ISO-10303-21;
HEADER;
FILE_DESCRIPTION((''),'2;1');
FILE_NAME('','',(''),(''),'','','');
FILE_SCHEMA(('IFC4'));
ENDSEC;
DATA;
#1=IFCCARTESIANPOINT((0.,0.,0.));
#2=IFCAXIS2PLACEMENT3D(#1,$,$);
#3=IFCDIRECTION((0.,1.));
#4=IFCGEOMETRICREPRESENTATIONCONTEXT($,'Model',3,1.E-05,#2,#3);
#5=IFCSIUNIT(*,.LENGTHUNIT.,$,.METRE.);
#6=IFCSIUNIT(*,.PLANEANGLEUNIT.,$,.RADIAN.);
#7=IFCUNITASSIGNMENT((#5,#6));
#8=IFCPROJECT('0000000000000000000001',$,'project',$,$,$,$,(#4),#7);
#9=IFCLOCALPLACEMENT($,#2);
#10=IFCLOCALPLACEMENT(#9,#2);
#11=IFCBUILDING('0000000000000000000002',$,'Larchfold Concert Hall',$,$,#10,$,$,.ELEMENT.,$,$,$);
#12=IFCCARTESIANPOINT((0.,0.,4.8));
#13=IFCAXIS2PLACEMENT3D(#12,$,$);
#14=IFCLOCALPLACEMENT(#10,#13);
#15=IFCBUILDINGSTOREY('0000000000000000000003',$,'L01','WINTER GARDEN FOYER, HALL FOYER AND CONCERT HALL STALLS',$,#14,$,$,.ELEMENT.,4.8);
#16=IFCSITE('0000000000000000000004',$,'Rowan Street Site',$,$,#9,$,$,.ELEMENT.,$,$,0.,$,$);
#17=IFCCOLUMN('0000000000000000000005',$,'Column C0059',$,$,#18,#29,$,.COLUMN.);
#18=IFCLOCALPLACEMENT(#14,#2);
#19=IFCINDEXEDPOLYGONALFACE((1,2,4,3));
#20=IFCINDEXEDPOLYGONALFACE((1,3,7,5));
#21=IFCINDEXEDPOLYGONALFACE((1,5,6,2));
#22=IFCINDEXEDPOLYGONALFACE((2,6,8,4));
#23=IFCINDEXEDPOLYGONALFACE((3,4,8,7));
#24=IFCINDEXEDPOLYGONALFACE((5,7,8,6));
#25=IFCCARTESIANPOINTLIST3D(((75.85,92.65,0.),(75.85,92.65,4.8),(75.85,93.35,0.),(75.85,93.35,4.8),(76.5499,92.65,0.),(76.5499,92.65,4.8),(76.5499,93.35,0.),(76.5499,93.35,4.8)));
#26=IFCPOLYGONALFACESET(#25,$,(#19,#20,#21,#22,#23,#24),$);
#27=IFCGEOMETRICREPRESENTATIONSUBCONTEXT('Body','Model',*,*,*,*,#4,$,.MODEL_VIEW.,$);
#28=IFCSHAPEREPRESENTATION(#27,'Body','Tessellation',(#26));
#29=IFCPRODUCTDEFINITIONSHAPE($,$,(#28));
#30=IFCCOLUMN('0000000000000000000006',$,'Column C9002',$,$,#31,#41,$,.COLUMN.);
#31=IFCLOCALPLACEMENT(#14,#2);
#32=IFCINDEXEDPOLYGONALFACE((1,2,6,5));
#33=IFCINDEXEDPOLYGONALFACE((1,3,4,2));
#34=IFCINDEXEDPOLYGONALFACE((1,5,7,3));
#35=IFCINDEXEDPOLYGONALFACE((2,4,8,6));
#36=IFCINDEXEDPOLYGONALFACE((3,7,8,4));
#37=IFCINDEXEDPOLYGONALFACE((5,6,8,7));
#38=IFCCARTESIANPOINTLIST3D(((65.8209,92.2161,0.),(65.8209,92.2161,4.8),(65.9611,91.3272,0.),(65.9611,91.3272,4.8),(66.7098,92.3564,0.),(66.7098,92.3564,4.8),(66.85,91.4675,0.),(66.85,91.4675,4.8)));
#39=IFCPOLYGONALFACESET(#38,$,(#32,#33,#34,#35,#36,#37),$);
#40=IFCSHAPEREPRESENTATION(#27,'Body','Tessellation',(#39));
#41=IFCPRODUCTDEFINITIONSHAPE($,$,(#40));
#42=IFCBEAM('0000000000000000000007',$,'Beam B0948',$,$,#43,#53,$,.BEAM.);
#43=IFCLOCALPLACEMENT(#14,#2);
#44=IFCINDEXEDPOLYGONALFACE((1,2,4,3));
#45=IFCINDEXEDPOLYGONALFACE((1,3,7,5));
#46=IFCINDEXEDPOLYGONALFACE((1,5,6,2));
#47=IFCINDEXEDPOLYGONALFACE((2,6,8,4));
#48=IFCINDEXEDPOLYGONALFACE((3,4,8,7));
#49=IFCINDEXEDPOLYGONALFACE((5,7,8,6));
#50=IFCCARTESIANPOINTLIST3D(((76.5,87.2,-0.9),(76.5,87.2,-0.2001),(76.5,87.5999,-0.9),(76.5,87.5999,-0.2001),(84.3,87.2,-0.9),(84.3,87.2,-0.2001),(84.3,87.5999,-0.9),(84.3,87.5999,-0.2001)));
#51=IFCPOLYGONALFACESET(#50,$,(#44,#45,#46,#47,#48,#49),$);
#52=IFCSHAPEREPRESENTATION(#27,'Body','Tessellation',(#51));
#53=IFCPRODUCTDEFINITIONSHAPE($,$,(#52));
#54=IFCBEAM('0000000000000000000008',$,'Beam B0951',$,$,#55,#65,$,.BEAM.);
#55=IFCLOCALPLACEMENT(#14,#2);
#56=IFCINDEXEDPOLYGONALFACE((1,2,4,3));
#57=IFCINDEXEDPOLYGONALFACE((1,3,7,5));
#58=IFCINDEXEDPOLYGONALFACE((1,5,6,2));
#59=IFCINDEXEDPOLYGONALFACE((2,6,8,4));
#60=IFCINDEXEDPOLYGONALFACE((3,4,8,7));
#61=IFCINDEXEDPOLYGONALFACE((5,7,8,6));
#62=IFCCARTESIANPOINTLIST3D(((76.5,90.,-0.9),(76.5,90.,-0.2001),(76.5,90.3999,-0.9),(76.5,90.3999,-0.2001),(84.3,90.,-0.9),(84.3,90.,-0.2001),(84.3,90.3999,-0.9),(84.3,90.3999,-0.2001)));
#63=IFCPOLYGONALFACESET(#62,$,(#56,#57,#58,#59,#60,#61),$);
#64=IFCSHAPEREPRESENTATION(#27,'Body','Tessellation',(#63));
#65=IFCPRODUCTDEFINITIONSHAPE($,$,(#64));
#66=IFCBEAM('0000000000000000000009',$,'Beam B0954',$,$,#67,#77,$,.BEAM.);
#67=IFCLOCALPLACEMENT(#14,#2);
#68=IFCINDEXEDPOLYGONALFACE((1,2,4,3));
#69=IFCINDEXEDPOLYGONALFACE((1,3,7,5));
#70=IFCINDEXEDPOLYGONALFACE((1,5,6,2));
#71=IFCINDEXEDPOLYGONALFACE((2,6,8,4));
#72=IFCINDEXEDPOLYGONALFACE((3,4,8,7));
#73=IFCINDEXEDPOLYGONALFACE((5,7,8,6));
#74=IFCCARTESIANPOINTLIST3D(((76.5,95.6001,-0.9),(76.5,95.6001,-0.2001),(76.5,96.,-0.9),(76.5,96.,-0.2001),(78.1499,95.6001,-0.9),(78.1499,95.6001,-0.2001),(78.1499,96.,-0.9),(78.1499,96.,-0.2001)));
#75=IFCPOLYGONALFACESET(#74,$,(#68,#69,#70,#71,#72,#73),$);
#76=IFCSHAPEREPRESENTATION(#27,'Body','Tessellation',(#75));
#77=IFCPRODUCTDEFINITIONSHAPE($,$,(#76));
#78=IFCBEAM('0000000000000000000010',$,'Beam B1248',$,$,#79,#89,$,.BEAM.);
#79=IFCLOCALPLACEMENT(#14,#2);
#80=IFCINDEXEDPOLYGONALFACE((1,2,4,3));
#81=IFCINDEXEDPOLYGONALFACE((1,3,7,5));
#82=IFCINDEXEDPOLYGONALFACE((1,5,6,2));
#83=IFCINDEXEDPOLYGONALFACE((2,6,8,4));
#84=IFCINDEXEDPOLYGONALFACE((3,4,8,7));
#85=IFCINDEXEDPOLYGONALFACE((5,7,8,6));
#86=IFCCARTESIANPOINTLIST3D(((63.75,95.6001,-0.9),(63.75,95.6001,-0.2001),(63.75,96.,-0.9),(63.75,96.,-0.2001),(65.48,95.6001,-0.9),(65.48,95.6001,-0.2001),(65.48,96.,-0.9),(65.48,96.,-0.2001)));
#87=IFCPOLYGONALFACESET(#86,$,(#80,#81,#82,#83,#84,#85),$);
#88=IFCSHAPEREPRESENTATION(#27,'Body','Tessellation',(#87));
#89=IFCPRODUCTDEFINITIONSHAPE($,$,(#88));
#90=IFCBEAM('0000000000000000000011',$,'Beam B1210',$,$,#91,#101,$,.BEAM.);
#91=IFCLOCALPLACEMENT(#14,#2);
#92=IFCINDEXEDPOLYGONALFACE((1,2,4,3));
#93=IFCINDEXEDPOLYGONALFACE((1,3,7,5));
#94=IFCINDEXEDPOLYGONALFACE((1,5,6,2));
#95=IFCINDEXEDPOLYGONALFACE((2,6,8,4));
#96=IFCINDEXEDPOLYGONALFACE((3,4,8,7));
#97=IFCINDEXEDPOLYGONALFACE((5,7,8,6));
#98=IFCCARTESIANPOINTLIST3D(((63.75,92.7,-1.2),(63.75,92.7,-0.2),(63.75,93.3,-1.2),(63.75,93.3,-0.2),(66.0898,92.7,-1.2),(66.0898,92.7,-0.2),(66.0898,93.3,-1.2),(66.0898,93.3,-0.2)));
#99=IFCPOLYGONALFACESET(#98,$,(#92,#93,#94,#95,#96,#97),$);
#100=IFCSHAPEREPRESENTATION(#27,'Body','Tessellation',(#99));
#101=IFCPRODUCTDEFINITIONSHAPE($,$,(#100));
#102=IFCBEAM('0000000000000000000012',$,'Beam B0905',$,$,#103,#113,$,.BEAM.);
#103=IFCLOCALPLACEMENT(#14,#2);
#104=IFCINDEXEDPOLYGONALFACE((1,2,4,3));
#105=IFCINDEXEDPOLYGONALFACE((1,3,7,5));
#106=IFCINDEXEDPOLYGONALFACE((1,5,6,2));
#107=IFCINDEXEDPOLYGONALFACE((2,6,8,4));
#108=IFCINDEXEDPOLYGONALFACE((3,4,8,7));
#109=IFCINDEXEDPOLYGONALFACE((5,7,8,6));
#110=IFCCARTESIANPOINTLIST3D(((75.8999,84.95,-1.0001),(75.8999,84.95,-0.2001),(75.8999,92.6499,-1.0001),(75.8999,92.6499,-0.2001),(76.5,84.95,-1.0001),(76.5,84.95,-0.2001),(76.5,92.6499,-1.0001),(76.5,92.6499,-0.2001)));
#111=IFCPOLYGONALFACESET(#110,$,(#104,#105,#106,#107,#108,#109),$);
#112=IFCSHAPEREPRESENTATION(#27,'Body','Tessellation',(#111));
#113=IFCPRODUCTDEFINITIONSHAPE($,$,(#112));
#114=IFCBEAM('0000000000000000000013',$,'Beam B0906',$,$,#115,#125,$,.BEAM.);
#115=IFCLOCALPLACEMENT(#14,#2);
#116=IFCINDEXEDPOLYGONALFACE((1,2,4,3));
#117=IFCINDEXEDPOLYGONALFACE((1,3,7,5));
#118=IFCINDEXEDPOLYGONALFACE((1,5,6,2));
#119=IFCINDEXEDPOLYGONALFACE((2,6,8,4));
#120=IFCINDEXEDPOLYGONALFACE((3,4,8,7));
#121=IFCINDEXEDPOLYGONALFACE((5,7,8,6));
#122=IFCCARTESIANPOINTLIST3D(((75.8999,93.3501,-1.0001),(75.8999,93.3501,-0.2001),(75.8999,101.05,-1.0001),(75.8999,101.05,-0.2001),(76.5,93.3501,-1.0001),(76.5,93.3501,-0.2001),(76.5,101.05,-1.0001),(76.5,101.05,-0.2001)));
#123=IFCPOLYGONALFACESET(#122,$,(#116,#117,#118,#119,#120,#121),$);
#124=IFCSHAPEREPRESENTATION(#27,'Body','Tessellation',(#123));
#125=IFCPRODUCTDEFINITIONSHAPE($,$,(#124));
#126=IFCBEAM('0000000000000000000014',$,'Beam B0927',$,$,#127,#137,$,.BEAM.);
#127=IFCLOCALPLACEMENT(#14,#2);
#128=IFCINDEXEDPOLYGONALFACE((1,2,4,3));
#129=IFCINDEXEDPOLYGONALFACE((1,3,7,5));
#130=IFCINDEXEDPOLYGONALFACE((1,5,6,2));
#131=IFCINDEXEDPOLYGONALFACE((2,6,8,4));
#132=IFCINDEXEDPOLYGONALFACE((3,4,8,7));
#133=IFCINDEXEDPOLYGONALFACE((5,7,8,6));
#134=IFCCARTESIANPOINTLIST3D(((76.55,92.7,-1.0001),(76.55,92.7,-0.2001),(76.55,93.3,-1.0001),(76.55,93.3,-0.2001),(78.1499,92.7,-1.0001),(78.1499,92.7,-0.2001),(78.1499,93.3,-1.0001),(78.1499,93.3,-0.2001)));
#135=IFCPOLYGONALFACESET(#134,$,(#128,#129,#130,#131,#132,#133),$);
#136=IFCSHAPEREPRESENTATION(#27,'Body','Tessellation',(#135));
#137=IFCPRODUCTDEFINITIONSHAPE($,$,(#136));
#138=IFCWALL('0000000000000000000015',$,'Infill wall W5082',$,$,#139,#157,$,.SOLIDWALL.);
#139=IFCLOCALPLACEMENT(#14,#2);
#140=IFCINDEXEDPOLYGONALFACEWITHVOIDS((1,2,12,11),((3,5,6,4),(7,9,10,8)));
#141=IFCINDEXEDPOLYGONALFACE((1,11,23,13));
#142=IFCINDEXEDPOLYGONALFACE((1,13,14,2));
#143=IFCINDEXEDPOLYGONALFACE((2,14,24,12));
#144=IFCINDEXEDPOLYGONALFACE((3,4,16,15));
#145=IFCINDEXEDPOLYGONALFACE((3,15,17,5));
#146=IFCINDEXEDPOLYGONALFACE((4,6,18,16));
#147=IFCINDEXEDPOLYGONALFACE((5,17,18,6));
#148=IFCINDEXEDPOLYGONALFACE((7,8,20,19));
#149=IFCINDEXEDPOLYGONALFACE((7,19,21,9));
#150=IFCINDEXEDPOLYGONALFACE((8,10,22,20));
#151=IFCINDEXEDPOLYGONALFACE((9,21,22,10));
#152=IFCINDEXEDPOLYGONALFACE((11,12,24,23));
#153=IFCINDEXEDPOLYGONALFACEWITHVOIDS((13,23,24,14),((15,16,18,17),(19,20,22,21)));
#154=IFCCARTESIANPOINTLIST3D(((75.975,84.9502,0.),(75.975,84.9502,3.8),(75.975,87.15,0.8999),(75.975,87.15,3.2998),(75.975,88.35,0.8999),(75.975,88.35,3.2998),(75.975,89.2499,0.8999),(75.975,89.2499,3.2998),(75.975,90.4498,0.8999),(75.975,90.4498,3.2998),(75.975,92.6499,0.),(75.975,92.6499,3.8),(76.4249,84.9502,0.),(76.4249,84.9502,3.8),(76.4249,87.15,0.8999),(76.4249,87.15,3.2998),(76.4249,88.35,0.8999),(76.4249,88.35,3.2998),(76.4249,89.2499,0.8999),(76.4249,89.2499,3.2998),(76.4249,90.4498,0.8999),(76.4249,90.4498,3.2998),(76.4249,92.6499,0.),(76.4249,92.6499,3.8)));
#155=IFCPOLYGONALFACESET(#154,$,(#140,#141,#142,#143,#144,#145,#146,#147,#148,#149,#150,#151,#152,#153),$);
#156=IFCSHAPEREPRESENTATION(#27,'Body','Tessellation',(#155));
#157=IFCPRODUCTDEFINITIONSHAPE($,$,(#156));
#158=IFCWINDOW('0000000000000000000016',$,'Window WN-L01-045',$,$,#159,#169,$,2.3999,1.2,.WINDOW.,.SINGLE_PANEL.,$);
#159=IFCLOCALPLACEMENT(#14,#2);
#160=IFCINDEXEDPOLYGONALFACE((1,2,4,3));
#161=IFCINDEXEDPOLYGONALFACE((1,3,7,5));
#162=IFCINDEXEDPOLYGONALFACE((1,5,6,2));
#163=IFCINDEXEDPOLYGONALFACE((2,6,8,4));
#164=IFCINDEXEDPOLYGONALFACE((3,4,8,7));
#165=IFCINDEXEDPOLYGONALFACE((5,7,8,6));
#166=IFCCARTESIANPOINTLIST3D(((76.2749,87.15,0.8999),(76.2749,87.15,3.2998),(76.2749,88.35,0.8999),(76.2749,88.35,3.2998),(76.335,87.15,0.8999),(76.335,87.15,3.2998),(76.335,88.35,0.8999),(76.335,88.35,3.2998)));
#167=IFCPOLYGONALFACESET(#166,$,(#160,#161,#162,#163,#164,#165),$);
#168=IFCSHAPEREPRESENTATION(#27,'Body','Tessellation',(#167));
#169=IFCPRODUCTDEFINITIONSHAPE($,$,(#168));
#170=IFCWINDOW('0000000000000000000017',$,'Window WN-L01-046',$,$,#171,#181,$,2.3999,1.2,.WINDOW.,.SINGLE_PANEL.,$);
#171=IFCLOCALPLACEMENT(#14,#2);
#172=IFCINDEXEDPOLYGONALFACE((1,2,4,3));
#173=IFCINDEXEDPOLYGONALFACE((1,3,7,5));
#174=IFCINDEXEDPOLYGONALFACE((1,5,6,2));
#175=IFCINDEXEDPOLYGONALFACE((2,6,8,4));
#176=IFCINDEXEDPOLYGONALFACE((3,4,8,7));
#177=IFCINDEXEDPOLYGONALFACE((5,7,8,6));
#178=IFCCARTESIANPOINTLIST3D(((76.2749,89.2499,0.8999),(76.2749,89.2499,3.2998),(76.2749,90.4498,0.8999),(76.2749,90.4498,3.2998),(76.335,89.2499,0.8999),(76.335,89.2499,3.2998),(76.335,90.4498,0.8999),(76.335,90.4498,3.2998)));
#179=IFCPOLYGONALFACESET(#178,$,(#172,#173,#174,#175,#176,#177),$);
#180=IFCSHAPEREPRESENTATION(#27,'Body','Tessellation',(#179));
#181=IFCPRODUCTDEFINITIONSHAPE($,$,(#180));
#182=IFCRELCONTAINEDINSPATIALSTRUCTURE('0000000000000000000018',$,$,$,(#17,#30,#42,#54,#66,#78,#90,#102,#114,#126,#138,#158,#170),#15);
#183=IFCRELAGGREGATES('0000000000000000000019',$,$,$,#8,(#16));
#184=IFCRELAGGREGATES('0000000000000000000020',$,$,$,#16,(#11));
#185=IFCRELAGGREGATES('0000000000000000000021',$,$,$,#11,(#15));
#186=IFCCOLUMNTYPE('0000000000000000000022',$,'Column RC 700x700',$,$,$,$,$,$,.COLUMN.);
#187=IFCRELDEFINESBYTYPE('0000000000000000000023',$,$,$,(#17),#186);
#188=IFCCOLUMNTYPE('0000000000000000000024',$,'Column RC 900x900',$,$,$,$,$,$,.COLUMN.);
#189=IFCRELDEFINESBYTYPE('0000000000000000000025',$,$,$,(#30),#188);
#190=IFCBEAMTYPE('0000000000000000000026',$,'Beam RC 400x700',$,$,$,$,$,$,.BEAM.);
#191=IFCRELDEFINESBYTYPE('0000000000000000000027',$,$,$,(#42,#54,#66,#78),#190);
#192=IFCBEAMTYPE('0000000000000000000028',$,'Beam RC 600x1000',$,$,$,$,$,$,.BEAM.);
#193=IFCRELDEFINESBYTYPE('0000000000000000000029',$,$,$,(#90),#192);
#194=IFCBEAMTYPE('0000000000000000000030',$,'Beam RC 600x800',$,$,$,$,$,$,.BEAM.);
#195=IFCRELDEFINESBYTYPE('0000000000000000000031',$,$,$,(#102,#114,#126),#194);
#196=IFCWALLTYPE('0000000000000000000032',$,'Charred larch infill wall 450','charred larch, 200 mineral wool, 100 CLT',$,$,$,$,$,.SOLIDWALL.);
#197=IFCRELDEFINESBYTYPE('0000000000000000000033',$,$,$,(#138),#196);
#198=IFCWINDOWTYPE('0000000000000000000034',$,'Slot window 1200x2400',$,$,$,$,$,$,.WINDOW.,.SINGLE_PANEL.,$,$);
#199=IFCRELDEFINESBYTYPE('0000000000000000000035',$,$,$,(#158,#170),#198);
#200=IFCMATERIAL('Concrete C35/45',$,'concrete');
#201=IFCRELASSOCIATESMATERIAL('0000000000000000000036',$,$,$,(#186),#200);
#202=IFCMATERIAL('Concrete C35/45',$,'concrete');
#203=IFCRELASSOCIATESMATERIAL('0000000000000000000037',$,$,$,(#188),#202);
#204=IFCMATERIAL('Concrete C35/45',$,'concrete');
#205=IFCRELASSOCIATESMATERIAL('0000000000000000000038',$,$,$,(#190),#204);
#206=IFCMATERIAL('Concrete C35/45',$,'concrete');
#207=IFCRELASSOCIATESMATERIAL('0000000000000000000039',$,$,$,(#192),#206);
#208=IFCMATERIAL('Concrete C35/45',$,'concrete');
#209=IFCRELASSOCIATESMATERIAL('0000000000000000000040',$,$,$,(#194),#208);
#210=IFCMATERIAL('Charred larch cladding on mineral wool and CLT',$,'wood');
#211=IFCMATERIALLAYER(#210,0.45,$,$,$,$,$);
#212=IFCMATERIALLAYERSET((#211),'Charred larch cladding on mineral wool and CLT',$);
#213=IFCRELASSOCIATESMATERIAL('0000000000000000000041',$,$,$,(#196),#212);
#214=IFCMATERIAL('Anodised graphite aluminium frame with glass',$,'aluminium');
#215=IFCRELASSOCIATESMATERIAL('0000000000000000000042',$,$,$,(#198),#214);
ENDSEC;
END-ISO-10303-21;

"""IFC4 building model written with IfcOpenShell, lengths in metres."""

from ifc_helpers import new_model, si_unit, direction, frame, frame_2d, origin, origin_2d, place, context, subcontext, project, spatial, rectangle, extrude, material, layer, layer_set, material_profile, profile_set, type_object, element, fill, save


model = new_model("IFC4")

# Units and contexts
model_context = context("Model", 3, precision=1e-05, world=origin(), true_north=direction((0.0, 1.0)))
body_context = subcontext(model_context, "Body", "Model", "MODEL_VIEW")
ifc_project = project(units=[si_unit("LENGTHUNIT", "METRE"), si_unit("PLANEANGLEUNIT", "RADIAN")], contexts=[model_context])

# Site, building, storey
site_placement = place(None, origin())
site = spatial("IfcSite", under=ifc_project, at=site_placement, Name="Rowan Street Site", CompositionType="ELEMENT", RefElevation=0.0)
building_placement = place(site_placement, origin())
building = spatial("IfcBuilding", under=site, at=building_placement, Name="Larchfold Concert Hall", CompositionType="ELEMENT")
storey_placement = place(building_placement, frame((0.0, 0.0, 4.8)))
storey = spatial("IfcBuildingStorey", under=building, at=storey_placement, Name="L01", Description="WINTER GARDEN FOYER, HALL FOYER AND CONCERT HALL STALLS", CompositionType="ELEMENT", Elevation=4.8)

# Columns
ifc_material_1 = material(Name="Concrete C35/45", Category="concrete")
ifc_material_profile_1 = material_profile(ifc_material_1, rectangle(XDim=0.7, YDim=0.7, at=origin_2d()))
ifc_profile_set_1 = profile_set([ifc_material_profile_1], Name="Concrete C35/45")
column_type_1 = type_object("IfcColumnType", Name="Column RC 700x700", PredefinedType="COLUMN", material=ifc_profile_set_1)
column_1_placement = place(storey_placement, frame((76.2, 93.0, 0.0), z_axis=(0.0, 0.0, 1.0), x_axis=(1.0, 0.0, 0.0)))
element("IfcColumn", 1, at=column_1_placement, inside=storey, type_object=column_type_1, Name="Column C0059", PredefinedType="COLUMN", context=body_context, shape_type="SweptSolid", body=[
    extrude(rectangle(XDim=0.7, YDim=0.7, at=origin_2d()), origin(), (0.0, 0.0, 1.0), 4.8),
])
ifc_material_2 = material(Name="Concrete C35/45", Category="concrete")
ifc_material_profile_2 = material_profile(ifc_material_2, rectangle(XDim=0.8999, YDim=0.8999, at=origin_2d()))
ifc_profile_set_2 = profile_set([ifc_material_profile_2], Name="Concrete C35/45")
column_type_2 = type_object("IfcColumnType", Name="Column RC 900x900", PredefinedType="COLUMN", material=ifc_profile_set_2)
column_2_placement = place(storey_placement, frame((66.3354, 91.8418, 0.0), z_axis=(0.0, 0.0, 1.0), x_axis=(0.987778, 0.155867, 0.0)))
element("IfcColumn", 2, at=column_2_placement, inside=storey, type_object=column_type_2, Name="Column C9002", PredefinedType="COLUMN", context=body_context, shape_type="SweptSolid", body=[
    extrude(rectangle(XDim=0.8999, YDim=0.8999, at=origin_2d()), origin(), (0.0, 0.0, 1.0), 4.8),
])

# Beams
ifc_material_3 = material(Name="Concrete C35/45", Category="concrete")
ifc_material_profile_3 = material_profile(ifc_material_3, rectangle(XDim=0.3999, YDim=0.7, at=origin_2d()))
ifc_profile_set_3 = profile_set([ifc_material_profile_3], Name="Concrete C35/45")
beam_type_1 = type_object("IfcBeamType", Name="Beam RC 400x700", PredefinedType="BEAM", material=ifc_profile_set_3)
for number, where, z_axis, x_axis, name in (
    (3, (76.5, 87.3999, -0.55), (1.0, 0.0, 0.0), (0.0, 1.0, 0.0), "Beam B0948"),
    (4, (76.5, 90.2, -0.55), (1.0, 0.0, 0.0), (0.0, 1.0, 0.0), "Beam B0951"),
):
    element("IfcBeam", number, at=place(storey_placement, frame(where, z_axis=z_axis, x_axis=x_axis)), inside=storey, type_object=beam_type_1, Name=name, PredefinedType="BEAM", context=body_context, shape_type="SweptSolid", body=[
        extrude(rectangle(XDim=0.3999, YDim=0.7, at=origin_2d()), origin(), (0.0, 0.0, 1.0), 7.8),
    ])
beam_1_placement = place(storey_placement, frame((76.5, 95.8, -0.55), z_axis=(1.0, 0.0, 0.0), x_axis=(0.0, 1.0, 0.0)))
element("IfcBeam", 5, at=beam_1_placement, inside=storey, type_object=beam_type_1, Name="Beam B0954", PredefinedType="BEAM", context=body_context, shape_type="SweptSolid", body=[
    extrude(rectangle(XDim=0.3999, YDim=0.7, at=origin_2d()), origin(), (0.0, 0.0, 1.0), 1.6499),
])
beam_2_placement = place(storey_placement, frame((63.75, 95.8, -0.55), z_axis=(1.0, 0.0, 0.0), x_axis=(0.0, 1.0, 0.0)))
element("IfcBeam", 6, at=beam_2_placement, inside=storey, type_object=beam_type_1, Name="Beam B1248", PredefinedType="BEAM", context=body_context, shape_type="SweptSolid", body=[
    extrude(rectangle(XDim=0.3999, YDim=0.7, at=origin_2d()), origin(), (0.0, 0.0, 1.0), 1.73),
])
ifc_material_4 = material(Name="Concrete C35/45", Category="concrete")
ifc_material_profile_4 = material_profile(ifc_material_4, rectangle(XDim=0.6001, YDim=1.0, at=origin_2d()))
ifc_profile_set_4 = profile_set([ifc_material_profile_4], Name="Concrete C35/45")
beam_type_2 = type_object("IfcBeamType", Name="Beam RC 600x1000", PredefinedType="BEAM", material=ifc_profile_set_4)
beam_3_placement = place(storey_placement, frame((63.75, 93.0, -0.7), z_axis=(1.0, 0.0, 0.0), x_axis=(0.0, 1.0, 0.0)))
element("IfcBeam", 7, at=beam_3_placement, inside=storey, type_object=beam_type_2, Name="Beam B1210", PredefinedType="BEAM", context=body_context, shape_type="SweptSolid", body=[
    extrude(rectangle(XDim=0.6001, YDim=1.0, at=origin_2d()), origin(), (0.0, 0.0, 1.0), 2.3398),
])
ifc_material_5 = material(Name="Concrete C35/45", Category="concrete")
ifc_material_profile_5 = material_profile(ifc_material_5, rectangle(XDim=0.6001, YDim=0.8, at=origin_2d()))
ifc_profile_set_5 = profile_set([ifc_material_profile_5], Name="Concrete C35/45")
beam_type_3 = type_object("IfcBeamType", Name="Beam RC 600x800", PredefinedType="BEAM", material=ifc_profile_set_5)
for number, where, z_axis, x_axis, name in (
    (8, (76.2, 84.95, -0.6001), (0.0, 1.0, 0.0), (-1.0, 0.0, 0.0), "Beam B0905"),
    (9, (76.2, 93.3501, -0.6001), (0.0, 1.0, 0.0), (-1.0, 0.0, 0.0), "Beam B0906"),
):
    element("IfcBeam", number, at=place(storey_placement, frame(where, z_axis=z_axis, x_axis=x_axis)), inside=storey, type_object=beam_type_3, Name=name, PredefinedType="BEAM", context=body_context, shape_type="SweptSolid", body=[
        extrude(rectangle(XDim=0.6001, YDim=0.8, at=origin_2d()), origin(), (0.0, 0.0, 1.0), 7.7),
    ])
beam_4_placement = place(storey_placement, frame((76.55, 93.0, -0.6001), z_axis=(1.0, 0.0, 0.0), x_axis=(0.0, 1.0, 0.0)))
element("IfcBeam", 10, at=beam_4_placement, inside=storey, type_object=beam_type_3, Name="Beam B0927", PredefinedType="BEAM", context=body_context, shape_type="SweptSolid", body=[
    extrude(rectangle(XDim=0.6001, YDim=0.8, at=origin_2d()), origin(), (0.0, 0.0, 1.0), 1.5999),
])

# Wall, openings, windows
ifc_material_6 = material(Name="Charred larch cladding on mineral wool and CLT", Category="wood")
ifc_layer_1 = layer(ifc_material_6, 0.45)
ifc_layer_set_1 = layer_set([ifc_layer_1], Name="Charred larch cladding on mineral wool and CLT")
wall_type_1 = type_object("IfcWallType", Name="Charred larch infill wall 450", Description="charred larch, 200 mineral wool, 100 CLT", PredefinedType="SOLIDWALL", material=ifc_layer_set_1)
wall_1_placement = place(storey_placement, frame((76.2, 92.6499, 0.0), z_axis=(0.0, 0.0, 1.0), x_axis=(0.0, -1.0, 0.0)))
wall_1 = element("IfcWall", 11, at=wall_1_placement, inside=storey, type_object=wall_type_1, Name="Infill wall W5082", PredefinedType="SOLIDWALL", context=body_context, shape_type="SweptSolid", body=[
    extrude(rectangle(XDim=7.6997, YDim=0.45, at=frame_2d((3.8499, 0.0))), origin(), (0.0, 0.0, 1.0), 3.8),
])
opening_1_placement = place(wall_1_placement, frame((4.2998, 0.0, 0.8999)))
opening_1 = element("IfcOpeningElement", 12, at=opening_1_placement, cuts=wall_1, PredefinedType="OPENING", context=body_context, shape_type="SweptSolid", body=[
    extrude(rectangle(XDim=1.2, YDim=2.3999, at=frame_2d((0.6001, 1.2))), frame((0.0, 0.2349, 0.0), z_axis=(0.0, -1.0, 0.0), x_axis=(1.0, 0.0, 0.0)), (0.0, 0.0, 1.0), 0.47),
])
opening_2_placement = place(wall_1_placement, frame((2.2, 0.0, 0.8999)))
opening_2 = element("IfcOpeningElement", 13, at=opening_2_placement, cuts=wall_1, PredefinedType="OPENING", context=body_context, shape_type="SweptSolid", body=[
    extrude(rectangle(XDim=1.2, YDim=2.3999, at=frame_2d((0.6001, 1.2))), frame((0.0, 0.2349, 0.0), z_axis=(0.0, -1.0, 0.0), x_axis=(1.0, 0.0, 0.0)), (0.0, 0.0, 1.0), 0.47),
])
ifc_material_7 = material(Name="Anodised graphite aluminium frame with glass", Category="aluminium")
window_type = type_object("IfcWindowType", Name="Slot window 1200x2400", PartitioningType="SINGLE_PANEL", PredefinedType="WINDOW", material=ifc_material_7)
window_1_placement = place(opening_1_placement, origin())
window_1 = element("IfcWindow", 14, at=window_1_placement, inside=storey, type_object=window_type, Name="Window WN-L01-045", OverallHeight=2.3999, OverallWidth=1.2, PartitioningType="SINGLE_PANEL", PredefinedType="WINDOW", context=body_context, shape_type="SweptSolid", body=[
    extrude(rectangle(XDim=1.2, YDim=2.3999, at=frame_2d((0.6001, 1.2))), frame((0.0, 0.135, 0.0), z_axis=(0.0, -1.0, 0.0), x_axis=(1.0, 0.0, 0.0)), (0.0, 0.0, 1.0), 0.0601),
])
fill(opening_1, window_1)
window_2_placement = place(opening_2_placement, origin())
window_2 = element("IfcWindow", 15, at=window_2_placement, inside=storey, type_object=window_type, Name="Window WN-L01-046", OverallHeight=2.3999, OverallWidth=1.2, PartitioningType="SINGLE_PANEL", PredefinedType="WINDOW", context=body_context, shape_type="SweptSolid", body=[
    extrude(rectangle(XDim=1.2, YDim=2.3999, at=frame_2d((0.6001, 1.2))), frame((0.0, 0.135, 0.0), z_axis=(0.0, -1.0, 0.0), x_axis=(1.0, 0.0, 0.0)), (0.0, 0.0, 1.0), 0.0601),
])
fill(opening_2, window_2)

save(model, "model.ifc")
